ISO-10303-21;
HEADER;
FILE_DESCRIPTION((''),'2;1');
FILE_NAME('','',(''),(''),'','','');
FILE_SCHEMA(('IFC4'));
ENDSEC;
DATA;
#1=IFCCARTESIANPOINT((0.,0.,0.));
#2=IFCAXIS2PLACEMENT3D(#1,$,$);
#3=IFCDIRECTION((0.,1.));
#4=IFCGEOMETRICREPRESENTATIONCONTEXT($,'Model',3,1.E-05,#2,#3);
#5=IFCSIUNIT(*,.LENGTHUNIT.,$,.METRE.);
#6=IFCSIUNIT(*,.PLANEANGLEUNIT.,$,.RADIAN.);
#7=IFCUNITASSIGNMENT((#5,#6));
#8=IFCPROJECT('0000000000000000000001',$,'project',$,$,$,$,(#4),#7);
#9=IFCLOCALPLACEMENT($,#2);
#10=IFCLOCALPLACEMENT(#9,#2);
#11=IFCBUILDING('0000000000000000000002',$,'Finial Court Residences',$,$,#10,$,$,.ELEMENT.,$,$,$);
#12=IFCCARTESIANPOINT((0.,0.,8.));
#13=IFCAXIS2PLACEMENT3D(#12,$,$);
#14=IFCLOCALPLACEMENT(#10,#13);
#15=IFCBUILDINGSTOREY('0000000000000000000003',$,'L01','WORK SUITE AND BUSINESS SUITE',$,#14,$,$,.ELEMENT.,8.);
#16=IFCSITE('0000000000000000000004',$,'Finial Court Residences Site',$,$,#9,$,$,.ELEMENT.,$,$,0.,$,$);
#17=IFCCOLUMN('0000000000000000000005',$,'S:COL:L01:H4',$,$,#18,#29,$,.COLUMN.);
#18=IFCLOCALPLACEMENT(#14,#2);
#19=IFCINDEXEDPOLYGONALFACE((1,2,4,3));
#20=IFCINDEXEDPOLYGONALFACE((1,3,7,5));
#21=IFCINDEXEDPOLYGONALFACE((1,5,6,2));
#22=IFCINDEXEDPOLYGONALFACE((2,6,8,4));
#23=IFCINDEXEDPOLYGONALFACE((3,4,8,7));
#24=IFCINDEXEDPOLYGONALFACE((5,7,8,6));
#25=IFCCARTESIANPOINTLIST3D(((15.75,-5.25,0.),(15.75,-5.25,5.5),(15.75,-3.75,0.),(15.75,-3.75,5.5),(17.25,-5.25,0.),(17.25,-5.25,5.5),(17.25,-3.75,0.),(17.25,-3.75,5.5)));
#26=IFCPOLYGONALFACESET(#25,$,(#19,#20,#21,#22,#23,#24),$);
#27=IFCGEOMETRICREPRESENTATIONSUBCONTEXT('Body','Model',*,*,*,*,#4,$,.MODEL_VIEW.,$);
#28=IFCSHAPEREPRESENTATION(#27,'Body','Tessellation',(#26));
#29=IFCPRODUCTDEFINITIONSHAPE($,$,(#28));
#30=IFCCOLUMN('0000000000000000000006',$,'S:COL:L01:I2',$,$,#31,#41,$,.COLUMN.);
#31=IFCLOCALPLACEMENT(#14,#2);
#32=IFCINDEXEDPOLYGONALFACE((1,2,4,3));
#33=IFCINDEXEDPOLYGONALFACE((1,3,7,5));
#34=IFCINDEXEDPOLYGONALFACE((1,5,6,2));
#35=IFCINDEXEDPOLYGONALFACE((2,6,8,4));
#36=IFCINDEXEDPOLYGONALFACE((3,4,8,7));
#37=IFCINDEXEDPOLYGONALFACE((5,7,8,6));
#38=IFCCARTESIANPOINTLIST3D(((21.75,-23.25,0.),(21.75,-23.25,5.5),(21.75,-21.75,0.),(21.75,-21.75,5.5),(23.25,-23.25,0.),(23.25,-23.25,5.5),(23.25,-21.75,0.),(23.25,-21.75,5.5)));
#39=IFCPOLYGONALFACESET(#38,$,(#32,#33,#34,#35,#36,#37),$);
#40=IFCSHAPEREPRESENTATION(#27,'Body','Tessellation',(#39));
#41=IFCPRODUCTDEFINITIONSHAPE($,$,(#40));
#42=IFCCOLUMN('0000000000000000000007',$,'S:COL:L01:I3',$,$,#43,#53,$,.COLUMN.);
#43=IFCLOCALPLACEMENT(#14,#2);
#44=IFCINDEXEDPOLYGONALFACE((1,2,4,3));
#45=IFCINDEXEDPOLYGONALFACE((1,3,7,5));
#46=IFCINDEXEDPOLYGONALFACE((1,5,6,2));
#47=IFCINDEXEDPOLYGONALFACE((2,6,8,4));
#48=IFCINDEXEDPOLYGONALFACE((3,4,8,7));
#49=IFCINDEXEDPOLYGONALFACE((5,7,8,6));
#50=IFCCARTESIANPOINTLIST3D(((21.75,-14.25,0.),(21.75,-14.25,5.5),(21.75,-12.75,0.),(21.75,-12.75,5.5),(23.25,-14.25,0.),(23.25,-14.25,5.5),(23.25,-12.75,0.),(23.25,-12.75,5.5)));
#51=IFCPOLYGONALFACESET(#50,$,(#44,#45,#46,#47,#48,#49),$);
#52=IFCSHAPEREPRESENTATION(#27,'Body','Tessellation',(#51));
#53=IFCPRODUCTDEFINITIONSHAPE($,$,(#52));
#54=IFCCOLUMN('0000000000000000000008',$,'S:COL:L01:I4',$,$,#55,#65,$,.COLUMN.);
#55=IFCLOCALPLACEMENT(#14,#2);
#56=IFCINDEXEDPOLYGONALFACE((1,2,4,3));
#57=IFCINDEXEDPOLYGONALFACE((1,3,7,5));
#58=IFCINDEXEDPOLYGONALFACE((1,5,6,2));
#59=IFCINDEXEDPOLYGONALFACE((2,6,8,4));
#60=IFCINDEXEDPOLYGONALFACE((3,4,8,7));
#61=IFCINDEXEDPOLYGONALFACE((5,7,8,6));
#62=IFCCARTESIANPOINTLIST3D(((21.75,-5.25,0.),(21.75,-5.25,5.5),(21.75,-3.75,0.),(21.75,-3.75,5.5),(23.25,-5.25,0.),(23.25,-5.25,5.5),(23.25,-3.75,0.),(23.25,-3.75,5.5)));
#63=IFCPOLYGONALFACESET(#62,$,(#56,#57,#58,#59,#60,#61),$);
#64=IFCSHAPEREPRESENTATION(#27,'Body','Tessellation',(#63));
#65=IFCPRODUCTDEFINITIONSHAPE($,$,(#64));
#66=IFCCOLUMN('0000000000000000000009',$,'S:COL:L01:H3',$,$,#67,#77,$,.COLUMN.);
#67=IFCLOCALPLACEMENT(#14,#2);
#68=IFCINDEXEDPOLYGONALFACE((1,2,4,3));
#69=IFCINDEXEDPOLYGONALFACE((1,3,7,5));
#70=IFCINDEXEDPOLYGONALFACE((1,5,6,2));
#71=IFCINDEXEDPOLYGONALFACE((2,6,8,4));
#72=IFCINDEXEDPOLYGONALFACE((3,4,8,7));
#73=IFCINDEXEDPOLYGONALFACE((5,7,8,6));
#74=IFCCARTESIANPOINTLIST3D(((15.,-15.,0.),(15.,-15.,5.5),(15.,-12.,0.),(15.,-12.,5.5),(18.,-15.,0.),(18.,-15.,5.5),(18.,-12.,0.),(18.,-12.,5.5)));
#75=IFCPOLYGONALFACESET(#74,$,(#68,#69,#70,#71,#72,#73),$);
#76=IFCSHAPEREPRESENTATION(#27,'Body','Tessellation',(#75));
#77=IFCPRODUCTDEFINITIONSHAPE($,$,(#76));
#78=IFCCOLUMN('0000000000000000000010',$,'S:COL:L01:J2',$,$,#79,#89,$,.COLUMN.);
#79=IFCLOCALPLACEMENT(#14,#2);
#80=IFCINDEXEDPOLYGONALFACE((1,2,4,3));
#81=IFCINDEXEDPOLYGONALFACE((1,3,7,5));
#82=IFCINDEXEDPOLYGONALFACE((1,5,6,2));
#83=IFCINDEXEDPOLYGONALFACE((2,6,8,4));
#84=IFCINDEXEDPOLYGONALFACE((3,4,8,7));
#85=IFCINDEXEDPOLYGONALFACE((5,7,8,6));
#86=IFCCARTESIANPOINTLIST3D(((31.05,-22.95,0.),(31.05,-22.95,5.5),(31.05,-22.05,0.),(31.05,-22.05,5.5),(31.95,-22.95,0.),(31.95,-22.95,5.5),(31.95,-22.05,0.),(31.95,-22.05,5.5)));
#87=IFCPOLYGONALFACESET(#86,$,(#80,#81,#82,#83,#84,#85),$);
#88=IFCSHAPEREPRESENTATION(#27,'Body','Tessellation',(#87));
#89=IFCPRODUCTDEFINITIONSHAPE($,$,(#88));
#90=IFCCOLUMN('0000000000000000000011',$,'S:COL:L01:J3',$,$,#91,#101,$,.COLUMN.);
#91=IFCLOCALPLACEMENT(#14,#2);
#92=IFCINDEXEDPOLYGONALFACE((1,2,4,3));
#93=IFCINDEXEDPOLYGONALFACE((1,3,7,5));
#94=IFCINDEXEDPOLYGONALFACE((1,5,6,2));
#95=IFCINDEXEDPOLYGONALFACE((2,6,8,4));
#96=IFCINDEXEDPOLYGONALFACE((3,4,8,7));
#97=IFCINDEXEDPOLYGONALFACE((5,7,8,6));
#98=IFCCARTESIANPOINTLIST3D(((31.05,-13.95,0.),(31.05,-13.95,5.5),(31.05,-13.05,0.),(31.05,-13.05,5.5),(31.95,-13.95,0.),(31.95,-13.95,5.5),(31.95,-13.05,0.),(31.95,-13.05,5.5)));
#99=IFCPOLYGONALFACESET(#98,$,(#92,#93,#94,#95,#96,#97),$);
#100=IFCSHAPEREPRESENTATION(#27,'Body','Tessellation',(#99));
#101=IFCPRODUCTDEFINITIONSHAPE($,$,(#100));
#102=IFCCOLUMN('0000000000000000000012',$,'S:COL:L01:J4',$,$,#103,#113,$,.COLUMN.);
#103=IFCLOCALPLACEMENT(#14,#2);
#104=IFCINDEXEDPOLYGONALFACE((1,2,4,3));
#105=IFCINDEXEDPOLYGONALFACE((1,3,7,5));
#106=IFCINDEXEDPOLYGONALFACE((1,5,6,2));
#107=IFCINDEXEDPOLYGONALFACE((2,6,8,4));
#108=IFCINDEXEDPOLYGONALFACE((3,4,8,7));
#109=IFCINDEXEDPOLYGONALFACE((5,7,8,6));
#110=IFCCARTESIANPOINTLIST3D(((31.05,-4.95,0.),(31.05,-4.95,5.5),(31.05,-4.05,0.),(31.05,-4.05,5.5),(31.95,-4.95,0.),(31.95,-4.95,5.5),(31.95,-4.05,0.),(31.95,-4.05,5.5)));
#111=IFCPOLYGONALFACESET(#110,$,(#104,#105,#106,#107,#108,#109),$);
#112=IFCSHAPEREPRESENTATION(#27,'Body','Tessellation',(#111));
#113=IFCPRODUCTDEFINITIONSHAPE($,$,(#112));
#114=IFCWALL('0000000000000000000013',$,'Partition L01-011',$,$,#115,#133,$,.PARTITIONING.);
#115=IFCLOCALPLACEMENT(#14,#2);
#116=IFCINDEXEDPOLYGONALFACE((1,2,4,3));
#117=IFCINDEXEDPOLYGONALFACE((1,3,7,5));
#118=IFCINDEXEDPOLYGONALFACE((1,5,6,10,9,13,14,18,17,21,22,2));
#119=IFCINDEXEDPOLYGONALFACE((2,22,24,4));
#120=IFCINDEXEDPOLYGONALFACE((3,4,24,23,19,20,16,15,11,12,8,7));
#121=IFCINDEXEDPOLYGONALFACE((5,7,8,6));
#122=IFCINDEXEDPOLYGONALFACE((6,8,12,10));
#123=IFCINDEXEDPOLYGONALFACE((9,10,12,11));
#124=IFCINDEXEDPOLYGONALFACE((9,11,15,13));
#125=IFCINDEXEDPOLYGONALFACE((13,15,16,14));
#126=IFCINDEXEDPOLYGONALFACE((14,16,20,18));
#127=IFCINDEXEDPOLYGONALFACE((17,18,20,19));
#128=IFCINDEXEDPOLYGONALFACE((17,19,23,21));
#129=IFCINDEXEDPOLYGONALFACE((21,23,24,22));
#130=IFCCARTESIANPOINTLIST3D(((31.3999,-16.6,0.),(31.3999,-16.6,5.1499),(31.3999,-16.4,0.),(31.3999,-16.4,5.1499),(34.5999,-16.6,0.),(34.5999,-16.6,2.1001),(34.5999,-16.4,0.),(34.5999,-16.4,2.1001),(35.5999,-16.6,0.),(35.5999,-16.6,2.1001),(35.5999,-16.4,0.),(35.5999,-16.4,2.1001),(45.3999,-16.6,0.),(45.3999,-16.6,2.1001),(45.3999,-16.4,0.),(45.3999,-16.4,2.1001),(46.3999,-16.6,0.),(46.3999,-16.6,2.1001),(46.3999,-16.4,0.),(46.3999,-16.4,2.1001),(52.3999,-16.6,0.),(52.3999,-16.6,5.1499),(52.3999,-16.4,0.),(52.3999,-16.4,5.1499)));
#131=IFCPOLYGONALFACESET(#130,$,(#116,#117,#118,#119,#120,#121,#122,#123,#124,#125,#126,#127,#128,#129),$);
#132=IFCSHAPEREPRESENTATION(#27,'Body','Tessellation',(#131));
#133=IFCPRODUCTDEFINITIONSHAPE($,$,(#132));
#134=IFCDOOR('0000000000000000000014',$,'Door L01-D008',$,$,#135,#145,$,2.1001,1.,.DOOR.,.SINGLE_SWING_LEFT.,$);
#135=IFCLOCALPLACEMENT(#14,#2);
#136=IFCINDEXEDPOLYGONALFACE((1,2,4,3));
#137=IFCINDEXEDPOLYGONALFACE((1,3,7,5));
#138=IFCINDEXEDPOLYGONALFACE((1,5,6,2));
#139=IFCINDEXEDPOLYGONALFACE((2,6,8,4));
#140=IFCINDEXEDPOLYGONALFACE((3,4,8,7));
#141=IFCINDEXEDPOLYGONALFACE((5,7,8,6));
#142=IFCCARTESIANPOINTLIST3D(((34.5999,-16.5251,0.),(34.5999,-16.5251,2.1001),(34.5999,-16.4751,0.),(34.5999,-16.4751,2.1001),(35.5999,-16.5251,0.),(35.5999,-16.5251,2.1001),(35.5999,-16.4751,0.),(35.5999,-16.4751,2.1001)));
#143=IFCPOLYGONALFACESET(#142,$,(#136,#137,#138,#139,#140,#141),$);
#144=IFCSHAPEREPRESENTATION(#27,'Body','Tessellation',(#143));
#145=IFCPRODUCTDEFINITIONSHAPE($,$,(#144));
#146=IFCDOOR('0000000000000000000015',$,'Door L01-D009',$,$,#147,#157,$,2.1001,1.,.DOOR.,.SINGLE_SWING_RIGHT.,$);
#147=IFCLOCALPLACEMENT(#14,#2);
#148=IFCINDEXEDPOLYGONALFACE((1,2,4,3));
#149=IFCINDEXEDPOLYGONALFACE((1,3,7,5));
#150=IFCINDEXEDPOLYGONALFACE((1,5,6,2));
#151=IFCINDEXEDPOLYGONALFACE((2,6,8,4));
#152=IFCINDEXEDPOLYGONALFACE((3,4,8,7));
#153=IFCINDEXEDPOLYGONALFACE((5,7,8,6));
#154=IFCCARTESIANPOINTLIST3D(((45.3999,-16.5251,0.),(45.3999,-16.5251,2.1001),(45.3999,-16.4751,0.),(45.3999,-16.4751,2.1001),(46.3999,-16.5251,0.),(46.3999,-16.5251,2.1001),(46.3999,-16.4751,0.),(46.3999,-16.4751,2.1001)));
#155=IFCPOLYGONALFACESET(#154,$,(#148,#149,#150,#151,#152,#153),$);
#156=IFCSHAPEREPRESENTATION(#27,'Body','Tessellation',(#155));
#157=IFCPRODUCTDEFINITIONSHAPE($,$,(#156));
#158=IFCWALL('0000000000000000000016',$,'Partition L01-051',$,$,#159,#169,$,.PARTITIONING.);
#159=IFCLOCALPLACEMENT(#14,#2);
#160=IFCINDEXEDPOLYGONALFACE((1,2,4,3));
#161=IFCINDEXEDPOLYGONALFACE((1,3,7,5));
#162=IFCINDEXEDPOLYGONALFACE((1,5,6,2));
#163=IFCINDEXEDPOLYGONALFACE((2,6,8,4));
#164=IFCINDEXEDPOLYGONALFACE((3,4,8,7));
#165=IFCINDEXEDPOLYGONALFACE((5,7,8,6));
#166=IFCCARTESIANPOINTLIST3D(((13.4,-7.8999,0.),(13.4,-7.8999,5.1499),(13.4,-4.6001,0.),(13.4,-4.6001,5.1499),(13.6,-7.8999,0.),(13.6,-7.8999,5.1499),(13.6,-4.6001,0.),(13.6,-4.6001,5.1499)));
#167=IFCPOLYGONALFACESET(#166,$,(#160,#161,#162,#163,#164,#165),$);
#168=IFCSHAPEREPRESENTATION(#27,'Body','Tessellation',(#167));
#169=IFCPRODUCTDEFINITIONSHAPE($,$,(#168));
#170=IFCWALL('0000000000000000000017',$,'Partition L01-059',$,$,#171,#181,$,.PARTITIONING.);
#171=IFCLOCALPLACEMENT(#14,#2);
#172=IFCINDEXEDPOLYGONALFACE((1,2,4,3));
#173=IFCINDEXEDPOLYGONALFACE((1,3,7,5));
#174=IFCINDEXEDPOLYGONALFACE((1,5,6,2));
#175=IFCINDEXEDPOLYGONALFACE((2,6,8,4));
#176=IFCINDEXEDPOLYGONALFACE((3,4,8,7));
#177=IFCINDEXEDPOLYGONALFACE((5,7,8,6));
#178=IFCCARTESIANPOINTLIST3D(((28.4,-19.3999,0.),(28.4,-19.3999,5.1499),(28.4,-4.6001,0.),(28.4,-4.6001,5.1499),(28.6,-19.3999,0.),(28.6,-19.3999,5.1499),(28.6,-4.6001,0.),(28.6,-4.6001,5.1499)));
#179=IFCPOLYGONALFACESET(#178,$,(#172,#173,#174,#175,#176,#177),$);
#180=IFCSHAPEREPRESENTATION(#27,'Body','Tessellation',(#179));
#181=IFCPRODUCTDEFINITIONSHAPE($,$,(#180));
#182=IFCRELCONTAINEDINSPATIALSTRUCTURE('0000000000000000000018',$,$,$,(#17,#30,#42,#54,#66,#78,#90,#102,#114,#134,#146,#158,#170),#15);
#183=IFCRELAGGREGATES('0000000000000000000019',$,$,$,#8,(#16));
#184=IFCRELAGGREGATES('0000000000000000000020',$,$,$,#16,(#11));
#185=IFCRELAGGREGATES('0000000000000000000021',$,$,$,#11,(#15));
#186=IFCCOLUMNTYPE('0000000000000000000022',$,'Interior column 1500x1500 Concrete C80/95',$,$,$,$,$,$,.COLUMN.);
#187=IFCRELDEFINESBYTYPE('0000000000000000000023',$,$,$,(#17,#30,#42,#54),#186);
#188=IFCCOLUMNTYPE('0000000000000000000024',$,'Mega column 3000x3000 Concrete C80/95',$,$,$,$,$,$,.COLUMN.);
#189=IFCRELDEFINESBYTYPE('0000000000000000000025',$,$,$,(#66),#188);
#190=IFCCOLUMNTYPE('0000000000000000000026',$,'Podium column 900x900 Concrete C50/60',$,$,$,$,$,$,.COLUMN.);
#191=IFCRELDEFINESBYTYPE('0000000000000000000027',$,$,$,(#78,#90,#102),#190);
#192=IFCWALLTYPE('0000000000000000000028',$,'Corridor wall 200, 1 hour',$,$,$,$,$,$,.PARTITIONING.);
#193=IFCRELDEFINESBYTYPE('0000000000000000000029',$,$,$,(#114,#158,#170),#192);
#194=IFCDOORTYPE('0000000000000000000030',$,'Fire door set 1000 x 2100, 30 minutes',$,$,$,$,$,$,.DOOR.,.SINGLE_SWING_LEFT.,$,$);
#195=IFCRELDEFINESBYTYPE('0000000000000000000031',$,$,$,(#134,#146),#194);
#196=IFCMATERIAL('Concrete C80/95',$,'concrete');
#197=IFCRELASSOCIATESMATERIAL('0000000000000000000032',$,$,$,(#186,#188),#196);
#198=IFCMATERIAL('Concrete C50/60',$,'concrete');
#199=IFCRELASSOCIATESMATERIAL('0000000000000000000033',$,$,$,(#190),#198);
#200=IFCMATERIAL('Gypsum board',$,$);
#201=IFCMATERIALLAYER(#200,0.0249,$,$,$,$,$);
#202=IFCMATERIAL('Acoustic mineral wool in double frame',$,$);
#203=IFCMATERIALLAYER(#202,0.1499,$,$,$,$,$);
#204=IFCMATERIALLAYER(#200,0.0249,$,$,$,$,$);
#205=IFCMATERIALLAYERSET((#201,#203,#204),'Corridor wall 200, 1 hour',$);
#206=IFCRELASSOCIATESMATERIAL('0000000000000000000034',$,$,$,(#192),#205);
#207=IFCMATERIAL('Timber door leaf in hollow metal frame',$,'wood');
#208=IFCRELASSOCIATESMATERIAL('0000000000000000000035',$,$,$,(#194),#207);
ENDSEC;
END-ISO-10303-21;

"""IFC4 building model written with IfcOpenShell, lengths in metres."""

from ifc_helpers import new_model, si_unit, direction, frame, frame_2d, origin, origin_2d, place, context, subcontext, project, spatial, rectangle, extrude, material, layer, layer_set, material_profile, profile_set, type_object, element, fill, save


model = new_model("IFC4")

# Units and contexts
model_context = context("Model", 3, precision=1e-05, world=origin(), true_north=direction((0.0, 1.0)))
body_context = subcontext(model_context, "Body", "Model", "MODEL_VIEW")
ifc_project = project(units=[si_unit("LENGTHUNIT", "METRE"), si_unit("PLANEANGLEUNIT", "RADIAN")], contexts=[model_context])

# Site, building, storey
site_placement = place(None, origin())
site = spatial("IfcSite", under=ifc_project, at=site_placement, Name="Finial Court Residences Site", CompositionType="ELEMENT", RefElevation=0.0)
building_placement = place(site_placement, origin())
building = spatial("IfcBuilding", under=site, at=building_placement, Name="Finial Court Residences", CompositionType="ELEMENT")
storey_placement = place(building_placement, frame((0.0, 0.0, 8.0)))
storey = spatial("IfcBuildingStorey", under=building, at=storey_placement, Name="L01", Description="WORK SUITE AND BUSINESS SUITE", CompositionType="ELEMENT", Elevation=8.0)

# Columns
ifc_material_1 = material(Name="Concrete C80/95", Category="concrete")
ifc_material_profile_1 = material_profile(ifc_material_1, rectangle(XDim=1.5, YDim=1.5, at=origin_2d()), Name="1500x1500")
ifc_profile_set_1 = profile_set([ifc_material_profile_1], Name="Concrete C80/95")
column_type_1 = type_object("IfcColumnType", Name="Interior column 1500x1500 Concrete C80/95", PredefinedType="COLUMN", material=ifc_profile_set_1)
for number, where, z_axis, x_axis, name in (
    (1, (16.5, -4.5, 0.0), (0.0, 0.0, 1.0), (1.0, 0.0, 0.0), "S:COL:L01:H4"),
    (2, (22.5, -22.5, 0.0), (0.0, 0.0, 1.0), (1.0, 0.0, 0.0), "S:COL:L01:I2"),
    (3, (22.5, -13.5, 0.0), (0.0, 0.0, 1.0), (1.0, 0.0, 0.0), "S:COL:L01:I3"),
    (4, (22.5, -4.5, 0.0), (0.0, 0.0, 1.0), (1.0, 0.0, 0.0), "S:COL:L01:I4"),
):
    element("IfcColumn", number, at=place(storey_placement, frame(where, z_axis=z_axis, x_axis=x_axis)), inside=storey, type_object=column_type_1, Name=name, PredefinedType="COLUMN", context=body_context, shape_type="SweptSolid", body=[
        extrude(rectangle(XDim=1.5, YDim=1.5, at=origin_2d()), origin(), (0.0, 0.0, 1.0), 5.5),
    ])
ifc_material_profile_2 = material_profile(ifc_material_1, rectangle(XDim=3.0, YDim=3.0, at=origin_2d()), Name="3000x3000")
ifc_profile_set_2 = profile_set([ifc_material_profile_2], Name="Concrete C80/95")
column_type_2 = type_object("IfcColumnType", Name="Mega column 3000x3000 Concrete C80/95", PredefinedType="COLUMN", material=ifc_profile_set_2)
column_placement = place(storey_placement, frame((16.5, -13.5, 0.0), z_axis=(0.0, 0.0, 1.0), x_axis=(1.0, 0.0, 0.0)))
element("IfcColumn", 5, at=column_placement, inside=storey, type_object=column_type_2, Name="S:COL:L01:H3", PredefinedType="COLUMN", context=body_context, shape_type="SweptSolid", body=[
    extrude(rectangle(XDim=3.0, YDim=3.0, at=origin_2d()), origin(), (0.0, 0.0, 1.0), 5.5),
])
ifc_material_2 = material(Name="Concrete C50/60", Category="concrete")
ifc_material_profile_3 = material_profile(ifc_material_2, rectangle(XDim=0.8999, YDim=0.8999, at=origin_2d()), Name="900x900")
ifc_profile_set_3 = profile_set([ifc_material_profile_3], Name="Concrete C50/60")
column_type_3 = type_object("IfcColumnType", Name="Podium column 900x900 Concrete C50/60", PredefinedType="COLUMN", material=ifc_profile_set_3)
for number, where, z_axis, x_axis, name in (
    (6, (31.5, -22.5, 0.0), (0.0, 0.0, 1.0), (1.0, 0.0, 0.0), "S:COL:L01:J2"),
    (7, (31.5, -13.5, 0.0), (0.0, 0.0, 1.0), (1.0, 0.0, 0.0), "S:COL:L01:J3"),
    (8, (31.5, -4.5, 0.0), (0.0, 0.0, 1.0), (1.0, 0.0, 0.0), "S:COL:L01:J4"),
):
    element("IfcColumn", number, at=place(storey_placement, frame(where, z_axis=z_axis, x_axis=x_axis)), inside=storey, type_object=column_type_3, Name=name, PredefinedType="COLUMN", context=body_context, shape_type="SweptSolid", body=[
        extrude(rectangle(XDim=0.8999, YDim=0.8999, at=origin_2d()), origin(), (0.0, 0.0, 1.0), 5.5),
    ])

# Wall, openings, doors
ifc_material_3 = material(Name="Gypsum board")
ifc_layer_1 = layer(ifc_material_3, 0.0249)
ifc_material_4 = material(Name="Acoustic mineral wool in double frame")
ifc_layer_2 = layer(ifc_material_4, 0.1499)
ifc_layer_3 = layer(ifc_material_3, 0.0249)
ifc_layer_set_1 = layer_set([ifc_layer_1, ifc_layer_2, ifc_layer_3], Name="Corridor wall 200, 1 hour")
wall_type_1 = type_object("IfcWallType", Name="Corridor wall 200, 1 hour", PredefinedType="PARTITIONING", material=ifc_layer_set_1)
wall_1_placement = place(storey_placement, frame((31.3999, -16.5, 0.0), z_axis=(0.0, 0.0, 1.0), x_axis=(1.0, 0.0, 0.0)))
wall_1 = element("IfcWall", 9, at=wall_1_placement, inside=storey, type_object=wall_type_1, Name="Partition L01-011", PredefinedType="PARTITIONING", context=body_context, shape_type="SweptSolid", body=[
    extrude(rectangle(XDim=21.0, YDim=0.2, at=frame_2d((10.5, 0.0))), origin(), (0.0, 0.0, 1.0), 5.1499),
])
opening_1_placement = place(wall_1_placement, frame((3.2, 0.0, 0.0)))
opening_1 = element("IfcOpeningElement", 10, at=opening_1_placement, cuts=wall_1, PredefinedType="OPENING", context=body_context, shape_type="SweptSolid", body=[
    extrude(rectangle(XDim=1.0, YDim=2.1001, at=frame_2d((0.5, 1.05))), frame((0.0, 0.1099, 0.0), z_axis=(0.0, -1.0, 0.0), x_axis=(1.0, 0.0, 0.0)), (0.0, 0.0, 1.0), 0.22),
])
opening_2_placement = place(wall_1_placement, frame((14.0, 0.0, 0.0)))
opening_2 = element("IfcOpeningElement", 11, at=opening_2_placement, cuts=wall_1, PredefinedType="OPENING", context=body_context, shape_type="SweptSolid", body=[
    extrude(rectangle(XDim=1.0, YDim=2.1001, at=frame_2d((0.5, 1.05))), frame((0.0, 0.1099, 0.0), z_axis=(0.0, -1.0, 0.0), x_axis=(1.0, 0.0, 0.0)), (0.0, 0.0, 1.0), 0.22),
])
ifc_material_5 = material(Name="Timber door leaf in hollow metal frame", Category="wood")
door_type = type_object("IfcDoorType", Name="Fire door set 1000 x 2100, 30 minutes", OperationType="SINGLE_SWING_LEFT", PredefinedType="DOOR", material=ifc_material_5)
door_1_placement = place(opening_1_placement, origin())
door_1 = element("IfcDoor", 12, at=door_1_placement, inside=storey, type_object=door_type, Name="Door L01-D008", OperationType="SINGLE_SWING_LEFT", OverallHeight=2.1001, OverallWidth=1.0, PredefinedType="DOOR", context=body_context, shape_type="SweptSolid", body=[
    extrude(rectangle(XDim=1.0, YDim=2.1001, at=frame_2d((0.5, 1.05))), frame((0.0, 0.0249, 0.0), z_axis=(0.0, -1.0, 0.0), x_axis=(1.0, 0.0, 0.0)), (0.0, 0.0, 1.0), 0.05),
])
fill(opening_1, door_1)
door_2_placement = place(opening_2_placement, origin())
door_2 = element("IfcDoor", 13, at=door_2_placement, inside=storey, type_object=door_type, Name="Door L01-D009", OperationType="SINGLE_SWING_RIGHT", OverallHeight=2.1001, OverallWidth=1.0, PredefinedType="DOOR", context=body_context, shape_type="SweptSolid", body=[
    extrude(rectangle(XDim=1.0, YDim=2.1001, at=frame_2d((0.5, 1.05))), frame((0.0, 0.0249, 0.0), z_axis=(0.0, -1.0, 0.0), x_axis=(1.0, 0.0, 0.0)), (0.0, 0.0, 1.0), 0.05),
])
fill(opening_2, door_2)

# Walls
wall_2_placement = place(storey_placement, frame((13.5, -7.8999, 0.0), z_axis=(0.0, 0.0, 1.0), x_axis=(0.0, 1.0, 0.0)))
element("IfcWall", 14, at=wall_2_placement, inside=storey, type_object=wall_type_1, Name="Partition L01-051", PredefinedType="PARTITIONING", context=body_context, shape_type="SweptSolid", body=[
    extrude(rectangle(XDim=3.2998, YDim=0.2, at=frame_2d((1.6499, 0.0))), origin(), (0.0, 0.0, 1.0), 5.1499),
])
wall_3_placement = place(storey_placement, frame((28.5, -19.3999, 0.0), z_axis=(0.0, 0.0, 1.0), x_axis=(0.0, 1.0, 0.0)))
element("IfcWall", 15, at=wall_3_placement, inside=storey, type_object=wall_type_1, Name="Partition L01-059", PredefinedType="PARTITIONING", context=body_context, shape_type="SweptSolid", body=[
    extrude(rectangle(XDim=14.7998, YDim=0.2, at=frame_2d((7.3999, 0.0))), origin(), (0.0, 0.0, 1.0), 5.1499),
])

save(model, "model.ifc")
